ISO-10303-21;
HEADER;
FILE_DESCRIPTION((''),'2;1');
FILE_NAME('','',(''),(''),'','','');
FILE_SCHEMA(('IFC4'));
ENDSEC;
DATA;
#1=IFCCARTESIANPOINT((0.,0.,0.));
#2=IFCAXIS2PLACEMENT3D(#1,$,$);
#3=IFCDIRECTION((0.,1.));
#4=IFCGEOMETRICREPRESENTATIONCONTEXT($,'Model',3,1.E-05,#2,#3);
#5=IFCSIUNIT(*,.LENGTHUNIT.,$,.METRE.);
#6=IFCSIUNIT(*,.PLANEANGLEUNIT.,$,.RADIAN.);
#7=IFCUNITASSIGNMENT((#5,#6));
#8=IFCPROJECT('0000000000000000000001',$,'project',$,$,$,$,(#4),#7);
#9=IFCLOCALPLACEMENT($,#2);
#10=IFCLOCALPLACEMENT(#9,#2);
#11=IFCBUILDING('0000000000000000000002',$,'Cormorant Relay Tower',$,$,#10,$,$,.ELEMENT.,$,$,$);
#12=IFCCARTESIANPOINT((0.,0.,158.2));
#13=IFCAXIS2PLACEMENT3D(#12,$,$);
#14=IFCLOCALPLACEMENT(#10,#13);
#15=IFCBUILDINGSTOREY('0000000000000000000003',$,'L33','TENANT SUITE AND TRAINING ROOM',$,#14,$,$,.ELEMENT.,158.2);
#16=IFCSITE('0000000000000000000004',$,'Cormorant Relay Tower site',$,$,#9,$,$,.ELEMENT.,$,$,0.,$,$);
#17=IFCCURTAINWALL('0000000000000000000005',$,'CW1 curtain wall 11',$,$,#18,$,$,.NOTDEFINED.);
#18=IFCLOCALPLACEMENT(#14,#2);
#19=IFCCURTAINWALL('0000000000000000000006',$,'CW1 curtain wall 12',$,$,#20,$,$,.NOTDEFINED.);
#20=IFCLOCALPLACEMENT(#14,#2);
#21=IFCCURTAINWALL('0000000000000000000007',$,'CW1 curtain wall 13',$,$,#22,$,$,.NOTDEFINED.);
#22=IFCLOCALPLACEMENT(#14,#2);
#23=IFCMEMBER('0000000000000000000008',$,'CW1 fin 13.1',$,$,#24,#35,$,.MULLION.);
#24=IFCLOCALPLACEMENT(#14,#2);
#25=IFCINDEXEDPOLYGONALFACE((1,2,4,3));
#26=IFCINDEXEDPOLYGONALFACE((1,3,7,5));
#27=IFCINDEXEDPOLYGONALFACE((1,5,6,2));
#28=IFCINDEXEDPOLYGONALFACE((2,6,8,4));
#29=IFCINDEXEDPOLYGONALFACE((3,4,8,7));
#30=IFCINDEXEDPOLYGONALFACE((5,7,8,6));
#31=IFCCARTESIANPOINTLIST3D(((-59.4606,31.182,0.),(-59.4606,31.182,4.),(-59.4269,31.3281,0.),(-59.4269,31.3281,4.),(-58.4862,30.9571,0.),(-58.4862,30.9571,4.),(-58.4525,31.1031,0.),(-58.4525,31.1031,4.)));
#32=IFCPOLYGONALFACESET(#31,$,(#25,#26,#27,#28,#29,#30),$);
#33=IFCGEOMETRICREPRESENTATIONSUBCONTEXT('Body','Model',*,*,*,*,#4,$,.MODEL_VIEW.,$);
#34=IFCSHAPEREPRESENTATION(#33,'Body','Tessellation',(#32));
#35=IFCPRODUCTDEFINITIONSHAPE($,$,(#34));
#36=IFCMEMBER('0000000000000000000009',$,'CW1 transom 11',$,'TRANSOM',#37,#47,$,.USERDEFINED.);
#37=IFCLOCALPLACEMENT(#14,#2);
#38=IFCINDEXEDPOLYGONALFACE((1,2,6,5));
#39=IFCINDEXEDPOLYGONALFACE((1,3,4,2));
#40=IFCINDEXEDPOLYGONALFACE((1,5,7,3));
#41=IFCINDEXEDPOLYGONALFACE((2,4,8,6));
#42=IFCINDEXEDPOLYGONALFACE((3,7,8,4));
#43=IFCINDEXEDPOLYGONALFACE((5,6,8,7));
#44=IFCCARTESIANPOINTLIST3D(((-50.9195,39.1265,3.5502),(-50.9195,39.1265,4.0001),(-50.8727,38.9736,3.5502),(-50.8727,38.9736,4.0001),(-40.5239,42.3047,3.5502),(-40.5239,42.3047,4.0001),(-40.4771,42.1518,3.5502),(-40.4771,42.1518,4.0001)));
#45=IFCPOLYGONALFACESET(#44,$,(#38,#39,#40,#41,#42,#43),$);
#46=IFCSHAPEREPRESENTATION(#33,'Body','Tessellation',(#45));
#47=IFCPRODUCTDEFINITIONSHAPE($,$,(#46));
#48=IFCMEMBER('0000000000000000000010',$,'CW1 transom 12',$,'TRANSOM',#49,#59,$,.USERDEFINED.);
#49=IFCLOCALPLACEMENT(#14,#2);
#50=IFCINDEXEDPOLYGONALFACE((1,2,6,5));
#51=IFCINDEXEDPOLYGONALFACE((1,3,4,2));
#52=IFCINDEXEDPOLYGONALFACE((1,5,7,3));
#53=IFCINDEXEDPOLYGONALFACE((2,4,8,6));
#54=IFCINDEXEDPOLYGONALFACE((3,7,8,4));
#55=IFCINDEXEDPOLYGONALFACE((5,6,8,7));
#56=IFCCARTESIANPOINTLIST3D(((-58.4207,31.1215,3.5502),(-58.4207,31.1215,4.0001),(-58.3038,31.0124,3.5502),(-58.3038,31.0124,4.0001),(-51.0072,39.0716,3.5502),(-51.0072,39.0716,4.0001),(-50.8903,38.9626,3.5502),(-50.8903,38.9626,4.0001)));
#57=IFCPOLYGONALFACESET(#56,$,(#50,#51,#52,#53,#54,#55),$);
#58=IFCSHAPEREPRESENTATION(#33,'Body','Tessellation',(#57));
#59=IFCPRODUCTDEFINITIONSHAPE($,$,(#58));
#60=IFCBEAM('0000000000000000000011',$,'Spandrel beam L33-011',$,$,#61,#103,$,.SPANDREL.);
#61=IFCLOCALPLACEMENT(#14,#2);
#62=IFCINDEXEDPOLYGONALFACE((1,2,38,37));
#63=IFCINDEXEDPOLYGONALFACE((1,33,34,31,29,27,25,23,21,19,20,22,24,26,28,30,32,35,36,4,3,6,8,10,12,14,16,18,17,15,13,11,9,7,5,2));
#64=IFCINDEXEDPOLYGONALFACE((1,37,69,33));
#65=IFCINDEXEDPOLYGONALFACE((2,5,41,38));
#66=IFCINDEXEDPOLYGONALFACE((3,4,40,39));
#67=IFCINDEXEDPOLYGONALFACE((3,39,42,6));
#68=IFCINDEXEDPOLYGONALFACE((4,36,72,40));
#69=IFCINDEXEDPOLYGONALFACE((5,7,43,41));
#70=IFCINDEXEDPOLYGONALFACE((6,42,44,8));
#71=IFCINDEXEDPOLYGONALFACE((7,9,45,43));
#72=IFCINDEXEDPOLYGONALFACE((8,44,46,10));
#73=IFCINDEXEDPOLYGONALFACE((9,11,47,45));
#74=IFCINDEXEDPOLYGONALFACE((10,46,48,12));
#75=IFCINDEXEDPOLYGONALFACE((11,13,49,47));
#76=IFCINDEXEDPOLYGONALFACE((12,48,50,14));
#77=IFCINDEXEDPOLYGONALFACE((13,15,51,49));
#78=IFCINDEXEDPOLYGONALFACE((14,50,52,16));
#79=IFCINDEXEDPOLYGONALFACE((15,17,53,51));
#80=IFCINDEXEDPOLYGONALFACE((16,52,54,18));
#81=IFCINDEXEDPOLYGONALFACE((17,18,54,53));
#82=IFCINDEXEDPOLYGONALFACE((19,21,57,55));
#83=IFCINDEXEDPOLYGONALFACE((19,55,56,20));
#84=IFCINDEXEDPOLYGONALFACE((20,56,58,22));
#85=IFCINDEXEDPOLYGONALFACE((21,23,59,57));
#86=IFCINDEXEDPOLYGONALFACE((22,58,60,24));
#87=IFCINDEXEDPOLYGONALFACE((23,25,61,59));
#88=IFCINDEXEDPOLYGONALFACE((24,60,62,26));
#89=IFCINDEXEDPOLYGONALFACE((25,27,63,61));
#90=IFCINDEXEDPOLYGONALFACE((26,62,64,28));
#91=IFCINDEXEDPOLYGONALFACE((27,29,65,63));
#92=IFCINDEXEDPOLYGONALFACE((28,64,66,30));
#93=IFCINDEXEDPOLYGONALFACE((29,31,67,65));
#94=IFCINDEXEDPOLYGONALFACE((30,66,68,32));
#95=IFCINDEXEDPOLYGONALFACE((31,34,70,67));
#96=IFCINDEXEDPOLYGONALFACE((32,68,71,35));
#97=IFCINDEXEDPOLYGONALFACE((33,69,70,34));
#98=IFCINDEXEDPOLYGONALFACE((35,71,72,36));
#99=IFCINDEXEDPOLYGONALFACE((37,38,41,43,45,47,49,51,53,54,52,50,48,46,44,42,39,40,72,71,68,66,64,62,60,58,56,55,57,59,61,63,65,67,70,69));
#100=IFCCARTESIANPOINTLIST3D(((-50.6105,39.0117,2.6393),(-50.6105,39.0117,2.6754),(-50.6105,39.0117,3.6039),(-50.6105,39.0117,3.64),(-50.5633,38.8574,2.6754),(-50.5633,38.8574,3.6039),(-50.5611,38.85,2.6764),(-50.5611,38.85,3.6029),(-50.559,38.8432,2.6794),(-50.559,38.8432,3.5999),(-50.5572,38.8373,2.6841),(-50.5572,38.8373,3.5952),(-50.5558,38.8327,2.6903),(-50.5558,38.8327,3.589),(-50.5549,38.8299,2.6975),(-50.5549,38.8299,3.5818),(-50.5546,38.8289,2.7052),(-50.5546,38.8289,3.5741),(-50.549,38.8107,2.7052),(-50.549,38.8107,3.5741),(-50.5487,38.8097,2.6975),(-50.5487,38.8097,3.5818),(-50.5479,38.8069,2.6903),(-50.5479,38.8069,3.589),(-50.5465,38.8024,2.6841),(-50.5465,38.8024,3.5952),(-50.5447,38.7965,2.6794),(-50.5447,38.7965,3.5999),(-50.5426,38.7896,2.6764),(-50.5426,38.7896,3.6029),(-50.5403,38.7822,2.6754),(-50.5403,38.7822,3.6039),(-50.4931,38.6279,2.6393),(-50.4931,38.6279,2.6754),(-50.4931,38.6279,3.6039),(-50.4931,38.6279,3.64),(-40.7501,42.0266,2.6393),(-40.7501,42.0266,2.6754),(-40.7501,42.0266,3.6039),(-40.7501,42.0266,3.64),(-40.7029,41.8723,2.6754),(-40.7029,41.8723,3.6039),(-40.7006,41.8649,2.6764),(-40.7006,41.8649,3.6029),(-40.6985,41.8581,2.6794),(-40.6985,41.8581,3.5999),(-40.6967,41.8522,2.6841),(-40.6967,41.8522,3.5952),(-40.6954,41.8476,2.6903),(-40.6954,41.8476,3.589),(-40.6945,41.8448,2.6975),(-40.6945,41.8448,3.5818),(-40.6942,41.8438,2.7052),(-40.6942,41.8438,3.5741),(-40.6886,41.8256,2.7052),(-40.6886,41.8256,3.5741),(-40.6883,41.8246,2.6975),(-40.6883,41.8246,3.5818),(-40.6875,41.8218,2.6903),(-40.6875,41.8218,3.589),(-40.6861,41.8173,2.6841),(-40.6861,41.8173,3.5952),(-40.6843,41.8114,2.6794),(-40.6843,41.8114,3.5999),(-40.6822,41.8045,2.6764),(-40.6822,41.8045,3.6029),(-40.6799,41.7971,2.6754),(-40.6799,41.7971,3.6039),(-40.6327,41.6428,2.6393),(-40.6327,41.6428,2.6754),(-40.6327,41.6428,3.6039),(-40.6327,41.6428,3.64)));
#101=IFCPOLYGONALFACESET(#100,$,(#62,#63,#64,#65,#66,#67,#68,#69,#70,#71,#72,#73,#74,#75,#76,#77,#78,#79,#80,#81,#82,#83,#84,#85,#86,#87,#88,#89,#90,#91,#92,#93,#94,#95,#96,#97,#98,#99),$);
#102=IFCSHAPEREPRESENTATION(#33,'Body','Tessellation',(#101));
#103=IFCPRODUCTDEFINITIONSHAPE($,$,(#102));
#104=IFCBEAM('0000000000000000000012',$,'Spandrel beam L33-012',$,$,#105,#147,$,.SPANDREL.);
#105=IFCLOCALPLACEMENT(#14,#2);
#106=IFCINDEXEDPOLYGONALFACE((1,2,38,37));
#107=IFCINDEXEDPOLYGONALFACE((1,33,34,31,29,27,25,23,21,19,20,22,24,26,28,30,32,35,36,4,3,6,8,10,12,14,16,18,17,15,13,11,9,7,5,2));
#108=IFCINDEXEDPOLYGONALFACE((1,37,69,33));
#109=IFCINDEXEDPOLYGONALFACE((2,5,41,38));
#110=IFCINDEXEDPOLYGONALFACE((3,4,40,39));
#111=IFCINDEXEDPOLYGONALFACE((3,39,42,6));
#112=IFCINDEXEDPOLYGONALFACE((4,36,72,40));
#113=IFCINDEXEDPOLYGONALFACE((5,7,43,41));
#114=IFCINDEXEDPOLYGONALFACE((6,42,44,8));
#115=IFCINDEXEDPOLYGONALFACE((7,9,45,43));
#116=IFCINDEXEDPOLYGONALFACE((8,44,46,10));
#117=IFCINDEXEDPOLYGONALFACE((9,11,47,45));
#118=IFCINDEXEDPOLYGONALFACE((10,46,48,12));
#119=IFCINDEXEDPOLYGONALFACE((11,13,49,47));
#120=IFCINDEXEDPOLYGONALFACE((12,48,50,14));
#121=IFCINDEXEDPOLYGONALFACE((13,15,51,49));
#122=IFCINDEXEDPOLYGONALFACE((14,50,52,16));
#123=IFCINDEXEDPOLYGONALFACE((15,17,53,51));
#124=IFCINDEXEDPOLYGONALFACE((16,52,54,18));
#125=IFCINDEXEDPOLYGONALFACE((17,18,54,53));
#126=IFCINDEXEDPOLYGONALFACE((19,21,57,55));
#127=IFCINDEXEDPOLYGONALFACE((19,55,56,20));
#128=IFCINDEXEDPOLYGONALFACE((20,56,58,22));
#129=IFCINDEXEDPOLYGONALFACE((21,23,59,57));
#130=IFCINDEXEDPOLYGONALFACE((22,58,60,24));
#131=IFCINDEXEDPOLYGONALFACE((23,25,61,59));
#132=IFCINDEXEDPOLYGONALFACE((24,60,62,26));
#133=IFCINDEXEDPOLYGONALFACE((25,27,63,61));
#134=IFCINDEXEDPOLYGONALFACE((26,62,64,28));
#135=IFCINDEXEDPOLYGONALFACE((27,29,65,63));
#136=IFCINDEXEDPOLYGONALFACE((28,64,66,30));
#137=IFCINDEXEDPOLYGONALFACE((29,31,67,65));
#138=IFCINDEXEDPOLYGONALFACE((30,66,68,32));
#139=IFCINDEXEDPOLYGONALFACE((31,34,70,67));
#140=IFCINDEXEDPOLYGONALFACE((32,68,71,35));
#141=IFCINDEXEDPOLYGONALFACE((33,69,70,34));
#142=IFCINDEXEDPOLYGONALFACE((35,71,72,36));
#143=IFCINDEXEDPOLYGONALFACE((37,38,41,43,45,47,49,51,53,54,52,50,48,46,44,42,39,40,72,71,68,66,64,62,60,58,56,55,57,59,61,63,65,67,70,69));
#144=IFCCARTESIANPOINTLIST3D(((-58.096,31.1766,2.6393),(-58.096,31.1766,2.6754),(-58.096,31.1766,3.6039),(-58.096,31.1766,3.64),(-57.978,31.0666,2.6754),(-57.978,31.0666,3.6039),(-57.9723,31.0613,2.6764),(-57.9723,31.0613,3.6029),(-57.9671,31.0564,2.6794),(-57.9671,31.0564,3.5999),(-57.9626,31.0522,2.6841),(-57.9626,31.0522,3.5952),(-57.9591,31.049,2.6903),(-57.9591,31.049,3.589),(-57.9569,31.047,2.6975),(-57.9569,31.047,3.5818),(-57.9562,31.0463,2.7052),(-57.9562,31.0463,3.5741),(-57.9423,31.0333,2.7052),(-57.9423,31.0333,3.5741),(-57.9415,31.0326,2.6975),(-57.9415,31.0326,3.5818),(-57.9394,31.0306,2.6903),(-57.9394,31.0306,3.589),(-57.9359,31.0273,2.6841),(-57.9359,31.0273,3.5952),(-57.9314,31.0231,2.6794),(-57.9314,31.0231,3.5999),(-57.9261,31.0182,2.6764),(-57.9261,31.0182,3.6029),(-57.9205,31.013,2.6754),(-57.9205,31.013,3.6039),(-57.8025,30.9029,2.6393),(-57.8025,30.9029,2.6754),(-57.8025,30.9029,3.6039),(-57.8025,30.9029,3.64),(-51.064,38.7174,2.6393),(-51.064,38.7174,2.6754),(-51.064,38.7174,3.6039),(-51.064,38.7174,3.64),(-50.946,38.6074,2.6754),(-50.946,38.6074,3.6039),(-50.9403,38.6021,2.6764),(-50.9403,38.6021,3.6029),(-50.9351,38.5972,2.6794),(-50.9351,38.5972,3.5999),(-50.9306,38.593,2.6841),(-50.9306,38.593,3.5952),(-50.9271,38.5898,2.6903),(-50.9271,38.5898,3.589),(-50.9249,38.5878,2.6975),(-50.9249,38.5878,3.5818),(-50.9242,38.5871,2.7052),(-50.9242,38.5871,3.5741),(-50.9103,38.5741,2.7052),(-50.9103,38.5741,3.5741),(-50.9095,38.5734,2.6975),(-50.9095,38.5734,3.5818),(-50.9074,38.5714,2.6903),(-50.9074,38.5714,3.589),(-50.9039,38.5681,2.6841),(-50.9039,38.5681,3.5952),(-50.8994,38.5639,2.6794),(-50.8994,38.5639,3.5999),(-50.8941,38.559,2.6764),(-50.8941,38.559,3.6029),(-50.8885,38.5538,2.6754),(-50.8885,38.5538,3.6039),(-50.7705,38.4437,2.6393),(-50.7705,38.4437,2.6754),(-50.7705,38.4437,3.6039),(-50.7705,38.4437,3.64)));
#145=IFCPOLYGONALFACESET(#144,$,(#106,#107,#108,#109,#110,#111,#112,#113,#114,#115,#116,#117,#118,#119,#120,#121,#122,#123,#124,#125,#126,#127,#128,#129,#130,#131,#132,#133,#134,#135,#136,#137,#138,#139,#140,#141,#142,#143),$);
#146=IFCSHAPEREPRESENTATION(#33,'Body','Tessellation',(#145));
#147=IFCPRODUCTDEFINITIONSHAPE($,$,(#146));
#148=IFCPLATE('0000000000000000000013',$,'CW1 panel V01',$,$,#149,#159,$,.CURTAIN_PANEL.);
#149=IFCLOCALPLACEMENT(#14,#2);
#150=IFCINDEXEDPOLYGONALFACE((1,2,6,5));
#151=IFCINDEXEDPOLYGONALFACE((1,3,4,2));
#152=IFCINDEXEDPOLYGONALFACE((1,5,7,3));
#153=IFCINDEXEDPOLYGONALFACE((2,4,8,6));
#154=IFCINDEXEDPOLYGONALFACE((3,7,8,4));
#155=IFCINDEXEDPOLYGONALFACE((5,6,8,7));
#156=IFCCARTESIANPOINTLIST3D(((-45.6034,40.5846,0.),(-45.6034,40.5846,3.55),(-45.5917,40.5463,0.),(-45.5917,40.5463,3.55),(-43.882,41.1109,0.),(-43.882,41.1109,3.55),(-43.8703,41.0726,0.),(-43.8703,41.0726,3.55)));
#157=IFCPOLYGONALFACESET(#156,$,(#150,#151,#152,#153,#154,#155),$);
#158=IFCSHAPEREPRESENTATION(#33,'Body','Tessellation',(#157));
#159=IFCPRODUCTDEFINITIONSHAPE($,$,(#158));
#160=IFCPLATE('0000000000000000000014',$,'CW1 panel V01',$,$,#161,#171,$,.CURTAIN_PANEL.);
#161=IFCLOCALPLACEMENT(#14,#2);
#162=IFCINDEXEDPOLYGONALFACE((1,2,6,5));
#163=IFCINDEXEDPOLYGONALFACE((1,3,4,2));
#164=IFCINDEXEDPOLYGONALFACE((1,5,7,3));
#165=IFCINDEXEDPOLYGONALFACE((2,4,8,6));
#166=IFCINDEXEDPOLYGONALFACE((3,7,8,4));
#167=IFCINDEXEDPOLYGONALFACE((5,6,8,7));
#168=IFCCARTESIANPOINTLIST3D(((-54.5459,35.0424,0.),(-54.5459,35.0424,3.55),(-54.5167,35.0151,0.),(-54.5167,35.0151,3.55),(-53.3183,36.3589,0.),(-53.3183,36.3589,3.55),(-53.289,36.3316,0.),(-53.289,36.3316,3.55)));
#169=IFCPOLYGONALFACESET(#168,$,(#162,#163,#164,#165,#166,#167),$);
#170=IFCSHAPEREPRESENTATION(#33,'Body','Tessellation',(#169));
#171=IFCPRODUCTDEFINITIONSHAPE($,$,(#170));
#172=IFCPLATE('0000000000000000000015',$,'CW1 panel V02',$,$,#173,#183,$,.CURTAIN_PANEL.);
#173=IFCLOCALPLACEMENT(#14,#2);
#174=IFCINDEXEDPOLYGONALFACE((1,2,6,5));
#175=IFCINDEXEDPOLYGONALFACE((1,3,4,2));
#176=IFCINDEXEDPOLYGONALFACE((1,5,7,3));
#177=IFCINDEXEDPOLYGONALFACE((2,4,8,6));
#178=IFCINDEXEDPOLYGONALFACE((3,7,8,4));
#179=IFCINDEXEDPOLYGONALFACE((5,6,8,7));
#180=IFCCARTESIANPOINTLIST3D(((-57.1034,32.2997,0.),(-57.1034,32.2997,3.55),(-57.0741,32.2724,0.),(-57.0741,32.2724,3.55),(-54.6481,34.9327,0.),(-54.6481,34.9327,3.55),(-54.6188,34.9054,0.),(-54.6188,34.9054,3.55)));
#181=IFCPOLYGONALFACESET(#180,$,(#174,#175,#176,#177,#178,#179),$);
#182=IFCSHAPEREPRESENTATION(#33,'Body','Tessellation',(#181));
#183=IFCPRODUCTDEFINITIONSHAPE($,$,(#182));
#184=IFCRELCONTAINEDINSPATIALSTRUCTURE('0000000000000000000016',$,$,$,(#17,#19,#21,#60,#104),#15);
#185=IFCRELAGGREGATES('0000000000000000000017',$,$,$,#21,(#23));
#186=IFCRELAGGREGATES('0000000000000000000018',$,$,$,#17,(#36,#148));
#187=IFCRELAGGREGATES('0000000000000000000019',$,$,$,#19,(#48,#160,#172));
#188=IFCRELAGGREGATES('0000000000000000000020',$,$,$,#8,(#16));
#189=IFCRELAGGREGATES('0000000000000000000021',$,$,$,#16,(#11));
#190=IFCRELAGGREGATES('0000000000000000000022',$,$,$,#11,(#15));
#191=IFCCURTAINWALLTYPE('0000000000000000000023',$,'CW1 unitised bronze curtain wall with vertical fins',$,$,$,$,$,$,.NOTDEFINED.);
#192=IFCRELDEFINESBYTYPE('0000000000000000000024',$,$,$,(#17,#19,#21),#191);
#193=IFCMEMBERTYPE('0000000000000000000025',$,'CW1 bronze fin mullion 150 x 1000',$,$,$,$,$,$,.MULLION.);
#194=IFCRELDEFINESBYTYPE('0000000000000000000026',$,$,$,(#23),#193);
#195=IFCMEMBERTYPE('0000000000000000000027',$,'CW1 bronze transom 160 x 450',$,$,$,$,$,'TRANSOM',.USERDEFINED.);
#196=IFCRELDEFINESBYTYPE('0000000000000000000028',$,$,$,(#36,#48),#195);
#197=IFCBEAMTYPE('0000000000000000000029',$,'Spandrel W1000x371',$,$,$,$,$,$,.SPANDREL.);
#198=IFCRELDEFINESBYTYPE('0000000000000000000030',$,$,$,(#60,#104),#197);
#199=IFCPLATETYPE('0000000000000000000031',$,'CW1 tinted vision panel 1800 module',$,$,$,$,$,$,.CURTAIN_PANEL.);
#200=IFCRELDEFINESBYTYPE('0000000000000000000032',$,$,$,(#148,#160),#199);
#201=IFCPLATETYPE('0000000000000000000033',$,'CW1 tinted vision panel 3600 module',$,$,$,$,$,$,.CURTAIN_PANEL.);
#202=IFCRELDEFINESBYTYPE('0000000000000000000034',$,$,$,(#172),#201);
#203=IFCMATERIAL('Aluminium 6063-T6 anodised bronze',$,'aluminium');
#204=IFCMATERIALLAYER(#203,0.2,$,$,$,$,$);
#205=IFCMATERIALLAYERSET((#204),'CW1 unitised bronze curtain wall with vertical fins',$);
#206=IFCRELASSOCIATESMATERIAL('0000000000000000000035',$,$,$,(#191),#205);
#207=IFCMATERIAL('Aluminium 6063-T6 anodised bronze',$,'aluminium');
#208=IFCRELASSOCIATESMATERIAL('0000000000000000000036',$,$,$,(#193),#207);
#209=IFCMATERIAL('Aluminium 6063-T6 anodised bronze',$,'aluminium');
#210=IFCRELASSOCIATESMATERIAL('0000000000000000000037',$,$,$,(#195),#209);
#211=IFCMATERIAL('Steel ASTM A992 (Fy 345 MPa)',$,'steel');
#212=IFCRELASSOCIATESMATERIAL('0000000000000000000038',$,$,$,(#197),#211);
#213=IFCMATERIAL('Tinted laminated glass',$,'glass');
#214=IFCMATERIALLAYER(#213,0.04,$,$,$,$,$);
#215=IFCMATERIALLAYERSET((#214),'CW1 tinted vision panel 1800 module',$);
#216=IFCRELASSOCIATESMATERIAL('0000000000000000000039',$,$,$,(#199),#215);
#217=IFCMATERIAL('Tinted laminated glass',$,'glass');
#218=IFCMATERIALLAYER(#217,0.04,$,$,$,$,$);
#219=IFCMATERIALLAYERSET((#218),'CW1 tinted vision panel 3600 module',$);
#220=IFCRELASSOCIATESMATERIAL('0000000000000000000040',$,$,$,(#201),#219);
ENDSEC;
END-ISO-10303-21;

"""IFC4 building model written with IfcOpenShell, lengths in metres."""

from ifc_helpers import new_model, si_unit, direction, frame, origin, origin_2d, place, context, subcontext, project, spatial, rectangle, i_section, extrude, material, layer, layer_set, material_profile, profile_set, type_object, element, aggregate, save


model = new_model("IFC4")

# Units and contexts
model_context = context("Model", 3, precision=1e-05, world=origin(), true_north=direction((0.0, 1.0)))
body_context = subcontext(model_context, "Body", "Model", "MODEL_VIEW")
ifc_project = project(units=[si_unit("LENGTHUNIT", "METRE"), si_unit("PLANEANGLEUNIT", "RADIAN")], contexts=[model_context])

# Site, building, storey
site_placement = place(None, origin())
site = spatial("IfcSite", under=ifc_project, at=site_placement, Name="Cormorant Relay Tower site", CompositionType="ELEMENT", RefElevation=0.0)
building_placement = place(site_placement, origin())
building = spatial("IfcBuilding", under=site, at=building_placement, Name="Cormorant Relay Tower", CompositionType="ELEMENT")
storey_placement = place(building_placement, frame((0.0, 0.0, 158.2)))
storey = spatial("IfcBuildingStorey", under=building, at=storey_placement, Name="L33", Description="TENANT SUITE AND TRAINING ROOM", CompositionType="ELEMENT", Elevation=158.2)

# Curtain walls
ifc_material_1 = material(Name="Aluminium 6063-T6 anodised bronze", Category="aluminium")
ifc_layer_1 = layer(ifc_material_1, 0.2)
ifc_layer_set_1 = layer_set([ifc_layer_1], Name="CW1 unitised bronze curtain wall with vertical fins")
curtain_wall_type = type_object("IfcCurtainWallType", Name="CW1 unitised bronze curtain wall with vertical fins", PredefinedType="NOTDEFINED", material=ifc_layer_set_1)
curtain_wall_1_placement = place(storey_placement, origin())
curtain_wall_1 = element("IfcCurtainWall", 1, at=curtain_wall_1_placement, inside=storey, type_object=curtain_wall_type, Name="CW1 curtain wall 11", PredefinedType="NOTDEFINED")
ifc_material_2 = material(Name="Aluminium 6063-T6 anodised bronze", Category="aluminium")
ifc_material_profile_1 = material_profile(ifc_material_2, rectangle(XDim=0.1499, YDim=1.0, at=origin_2d()), Name="AL 150x1000")
ifc_profile_set_1 = profile_set([ifc_material_profile_1], Name="Aluminium 6063-T6 anodised bronze")
member_type_1 = type_object("IfcMemberType", Name="CW1 bronze fin mullion 150 x 1000", PredefinedType="MULLION", material=ifc_profile_set_1)
curtain_wall_2_placement = place(storey_placement, origin())
curtain_wall_2 = element("IfcCurtainWall", 2, at=curtain_wall_2_placement, inside=storey, type_object=curtain_wall_type, Name="CW1 curtain wall 12", PredefinedType="NOTDEFINED")

# Curtain wall, member
curtain_wall_3_placement = place(storey_placement, origin())
curtain_wall_3 = element("IfcCurtainWall", 3, at=curtain_wall_3_placement, inside=storey, type_object=curtain_wall_type, Name="CW1 curtain wall 13", PredefinedType="NOTDEFINED")
member_1_placement = place(storey_placement, frame((-58.9565, 31.1426, 0.0), z_axis=(0.0, 0.0, 1.0), x_axis=(-0.224951, -0.97437, 0.0)))
member_1 = element("IfcMember", 4, at=member_1_placement, type_object=member_type_1, Name="CW1 fin 13.1", PredefinedType="MULLION", context=body_context, shape_type="SweptSolid", body=[
    extrude(rectangle(XDim=0.1499, YDim=1.0, at=origin_2d()), origin(), (0.0, 0.0, 1.0), 4.0),
])
aggregate(curtain_wall_3, [member_1])

# Members
ifc_material_3 = material(Name="Aluminium 6063-T6 anodised bronze", Category="aluminium")
ifc_material_profile_2 = material_profile(ifc_material_3, rectangle(XDim=0.1599, YDim=0.45, at=origin_2d()), Name="AL 160x450")
ifc_profile_set_2 = profile_set([ifc_material_profile_2], Name="Aluminium 6063-T6 anodised bronze")
member_type_2 = type_object("IfcMemberType", Name="CW1 bronze transom 160 x 450", ElementType="TRANSOM", PredefinedType="USERDEFINED", material=ifc_profile_set_2)
member_2_placement = place(storey_placement, frame((-40.5005, 42.2283, 3.7751), z_axis=(-0.956305, -0.292371, 0.0), x_axis=(0.292371, -0.956305, 0.0)))
member_2 = element("IfcMember", 5, at=member_2_placement, type_object=member_type_2, Name="CW1 transom 11", ObjectType="TRANSOM", PredefinedType="USERDEFINED", context=body_context, shape_type="SweptSolid", body=[
    extrude(rectangle(XDim=0.1599, YDim=0.45, at=origin_2d()), origin(), (0.0, 0.0, 1.0), 10.8706),
])
member_3_placement = place(storey_placement, frame((-50.9487, 39.0171, 3.7751), z_axis=(-0.681993, -0.731358, 0.0), x_axis=(0.731358, -0.681993, 0.0)))
member_3 = element("IfcMember", 6, at=member_3_placement, type_object=member_type_2, Name="CW1 transom 12", ObjectType="TRANSOM", PredefinedType="USERDEFINED", context=body_context, shape_type="SweptSolid", body=[
    extrude(rectangle(XDim=0.1599, YDim=0.45, at=origin_2d()), origin(), (0.0, 0.0, 1.0), 10.8704),
])

# Beams
ifc_material_4 = material(Name="Steel ASTM A992 (Fy 345 MPa)", Category="steel")
ifc_material_profile_3 = material_profile(ifc_material_4, i_section(OverallWidth=0.4014, OverallDepth=1.0007, WebThickness=0.019, FlangeThickness=0.0361, FilletRadius=0.0298, at=origin_2d()), Name="W1000x371")
ifc_profile_set_3 = profile_set([ifc_material_profile_3], Name="Steel ASTM A992 (Fy 345 MPa)")
beam_type = type_object("IfcBeamType", Name="Spandrel W1000x371", PredefinedType="SPANDREL", material=ifc_profile_set_3)
beam_1_placement = place(storey_placement, frame((-40.6914, 41.8347, 3.1396), z_axis=(-0.956297, -0.292397, 0.0), x_axis=(0.292397, -0.956297, 0.0)))
element("IfcBeam", 7, at=beam_1_placement, inside=storey, type_object=beam_type, Name="Spandrel beam L33-011", PredefinedType="SPANDREL", context=body_context, shape_type="SweptSolid", body=[
    extrude(i_section(OverallWidth=0.4014, OverallDepth=1.0007, WebThickness=0.019, FlangeThickness=0.0361, FilletRadius=0.0298, at=origin_2d()), origin(), (0.0, 0.0, 1.0), 10.311),
])
beam_2_placement = place(storey_placement, frame((-50.9172, 38.5806, 3.1396), z_axis=(-0.682004, -0.731349, 0.0), x_axis=(0.731349, -0.682004, 0.0)))
element("IfcBeam", 8, at=beam_2_placement, inside=storey, type_object=beam_type, Name="Spandrel beam L33-012", PredefinedType="SPANDREL", context=body_context, shape_type="SweptSolid", body=[
    extrude(i_section(OverallWidth=0.4014, OverallDepth=1.0007, WebThickness=0.019, FlangeThickness=0.0361, FilletRadius=0.0298, at=origin_2d()), origin(), (0.0, 0.0, 1.0), 10.3108),
])

# Plates
ifc_material_5 = material(Name="Tinted laminated glass", Category="glass")
ifc_layer_2 = layer(ifc_material_5, 0.04)
ifc_layer_set_2 = layer_set([ifc_layer_2], Name="CW1 tinted vision panel 1800 module")
plate_type_1 = type_object("IfcPlateType", Name="CW1 tinted vision panel 1800 module", PredefinedType="CURTAIN_PANEL", material=ifc_layer_set_2)
plate_1_placement = place(storey_placement, frame((-44.7368, 40.8286, 0.0), z_axis=(0.0, 0.0, 1.0), x_axis=(-0.956305, -0.292372, 0.0)))
plate_1 = element("IfcPlate", 9, at=plate_1_placement, type_object=plate_type_1, Name="CW1 panel V01", PredefinedType="CURTAIN_PANEL", context=body_context, shape_type="SweptSolid", body=[
    extrude(rectangle(XDim=1.8, YDim=0.04, at=origin_2d()), origin(), (0.0, 0.0, 1.0), 3.55),
])
plate_2_placement = place(storey_placement, frame((-53.9175, 35.687, 0.0), z_axis=(0.0, 0.0, 1.0), x_axis=(-0.681998, -0.731354, 0.0)))
plate_2 = element("IfcPlate", 10, at=plate_2_placement, type_object=plate_type_1, Name="CW1 panel V01", PredefinedType="CURTAIN_PANEL", context=body_context, shape_type="SweptSolid", body=[
    extrude(rectangle(XDim=1.8, YDim=0.04, at=origin_2d()), origin(), (0.0, 0.0, 1.0), 3.55),
])
ifc_material_6 = material(Name="Tinted laminated glass", Category="glass")
ifc_layer_3 = layer(ifc_material_6, 0.04)
ifc_layer_set_3 = layer_set([ifc_layer_3], Name="CW1 tinted vision panel 3600 module")
plate_type_2 = type_object("IfcPlateType", Name="CW1 tinted vision panel 3600 module", PredefinedType="CURTAIN_PANEL", material=ifc_layer_set_3)
plate_3_placement = place(storey_placement, frame((-55.8611, 33.6025, 0.0), z_axis=(0.0, 0.0, 1.0), x_axis=(-0.681998, -0.731354, 0.0)))
plate_3 = element("IfcPlate", 11, at=plate_3_placement, type_object=plate_type_2, Name="CW1 panel V02", PredefinedType="CURTAIN_PANEL", context=body_context, shape_type="SweptSolid", body=[
    extrude(rectangle(XDim=3.6001, YDim=0.04, at=origin_2d()), origin(), (0.0, 0.0, 1.0), 3.55),
])

aggregate(curtain_wall_1, [member_2, plate_1])
aggregate(curtain_wall_2, [member_3, plate_2, plate_3])

save(model, "model.ifc")
